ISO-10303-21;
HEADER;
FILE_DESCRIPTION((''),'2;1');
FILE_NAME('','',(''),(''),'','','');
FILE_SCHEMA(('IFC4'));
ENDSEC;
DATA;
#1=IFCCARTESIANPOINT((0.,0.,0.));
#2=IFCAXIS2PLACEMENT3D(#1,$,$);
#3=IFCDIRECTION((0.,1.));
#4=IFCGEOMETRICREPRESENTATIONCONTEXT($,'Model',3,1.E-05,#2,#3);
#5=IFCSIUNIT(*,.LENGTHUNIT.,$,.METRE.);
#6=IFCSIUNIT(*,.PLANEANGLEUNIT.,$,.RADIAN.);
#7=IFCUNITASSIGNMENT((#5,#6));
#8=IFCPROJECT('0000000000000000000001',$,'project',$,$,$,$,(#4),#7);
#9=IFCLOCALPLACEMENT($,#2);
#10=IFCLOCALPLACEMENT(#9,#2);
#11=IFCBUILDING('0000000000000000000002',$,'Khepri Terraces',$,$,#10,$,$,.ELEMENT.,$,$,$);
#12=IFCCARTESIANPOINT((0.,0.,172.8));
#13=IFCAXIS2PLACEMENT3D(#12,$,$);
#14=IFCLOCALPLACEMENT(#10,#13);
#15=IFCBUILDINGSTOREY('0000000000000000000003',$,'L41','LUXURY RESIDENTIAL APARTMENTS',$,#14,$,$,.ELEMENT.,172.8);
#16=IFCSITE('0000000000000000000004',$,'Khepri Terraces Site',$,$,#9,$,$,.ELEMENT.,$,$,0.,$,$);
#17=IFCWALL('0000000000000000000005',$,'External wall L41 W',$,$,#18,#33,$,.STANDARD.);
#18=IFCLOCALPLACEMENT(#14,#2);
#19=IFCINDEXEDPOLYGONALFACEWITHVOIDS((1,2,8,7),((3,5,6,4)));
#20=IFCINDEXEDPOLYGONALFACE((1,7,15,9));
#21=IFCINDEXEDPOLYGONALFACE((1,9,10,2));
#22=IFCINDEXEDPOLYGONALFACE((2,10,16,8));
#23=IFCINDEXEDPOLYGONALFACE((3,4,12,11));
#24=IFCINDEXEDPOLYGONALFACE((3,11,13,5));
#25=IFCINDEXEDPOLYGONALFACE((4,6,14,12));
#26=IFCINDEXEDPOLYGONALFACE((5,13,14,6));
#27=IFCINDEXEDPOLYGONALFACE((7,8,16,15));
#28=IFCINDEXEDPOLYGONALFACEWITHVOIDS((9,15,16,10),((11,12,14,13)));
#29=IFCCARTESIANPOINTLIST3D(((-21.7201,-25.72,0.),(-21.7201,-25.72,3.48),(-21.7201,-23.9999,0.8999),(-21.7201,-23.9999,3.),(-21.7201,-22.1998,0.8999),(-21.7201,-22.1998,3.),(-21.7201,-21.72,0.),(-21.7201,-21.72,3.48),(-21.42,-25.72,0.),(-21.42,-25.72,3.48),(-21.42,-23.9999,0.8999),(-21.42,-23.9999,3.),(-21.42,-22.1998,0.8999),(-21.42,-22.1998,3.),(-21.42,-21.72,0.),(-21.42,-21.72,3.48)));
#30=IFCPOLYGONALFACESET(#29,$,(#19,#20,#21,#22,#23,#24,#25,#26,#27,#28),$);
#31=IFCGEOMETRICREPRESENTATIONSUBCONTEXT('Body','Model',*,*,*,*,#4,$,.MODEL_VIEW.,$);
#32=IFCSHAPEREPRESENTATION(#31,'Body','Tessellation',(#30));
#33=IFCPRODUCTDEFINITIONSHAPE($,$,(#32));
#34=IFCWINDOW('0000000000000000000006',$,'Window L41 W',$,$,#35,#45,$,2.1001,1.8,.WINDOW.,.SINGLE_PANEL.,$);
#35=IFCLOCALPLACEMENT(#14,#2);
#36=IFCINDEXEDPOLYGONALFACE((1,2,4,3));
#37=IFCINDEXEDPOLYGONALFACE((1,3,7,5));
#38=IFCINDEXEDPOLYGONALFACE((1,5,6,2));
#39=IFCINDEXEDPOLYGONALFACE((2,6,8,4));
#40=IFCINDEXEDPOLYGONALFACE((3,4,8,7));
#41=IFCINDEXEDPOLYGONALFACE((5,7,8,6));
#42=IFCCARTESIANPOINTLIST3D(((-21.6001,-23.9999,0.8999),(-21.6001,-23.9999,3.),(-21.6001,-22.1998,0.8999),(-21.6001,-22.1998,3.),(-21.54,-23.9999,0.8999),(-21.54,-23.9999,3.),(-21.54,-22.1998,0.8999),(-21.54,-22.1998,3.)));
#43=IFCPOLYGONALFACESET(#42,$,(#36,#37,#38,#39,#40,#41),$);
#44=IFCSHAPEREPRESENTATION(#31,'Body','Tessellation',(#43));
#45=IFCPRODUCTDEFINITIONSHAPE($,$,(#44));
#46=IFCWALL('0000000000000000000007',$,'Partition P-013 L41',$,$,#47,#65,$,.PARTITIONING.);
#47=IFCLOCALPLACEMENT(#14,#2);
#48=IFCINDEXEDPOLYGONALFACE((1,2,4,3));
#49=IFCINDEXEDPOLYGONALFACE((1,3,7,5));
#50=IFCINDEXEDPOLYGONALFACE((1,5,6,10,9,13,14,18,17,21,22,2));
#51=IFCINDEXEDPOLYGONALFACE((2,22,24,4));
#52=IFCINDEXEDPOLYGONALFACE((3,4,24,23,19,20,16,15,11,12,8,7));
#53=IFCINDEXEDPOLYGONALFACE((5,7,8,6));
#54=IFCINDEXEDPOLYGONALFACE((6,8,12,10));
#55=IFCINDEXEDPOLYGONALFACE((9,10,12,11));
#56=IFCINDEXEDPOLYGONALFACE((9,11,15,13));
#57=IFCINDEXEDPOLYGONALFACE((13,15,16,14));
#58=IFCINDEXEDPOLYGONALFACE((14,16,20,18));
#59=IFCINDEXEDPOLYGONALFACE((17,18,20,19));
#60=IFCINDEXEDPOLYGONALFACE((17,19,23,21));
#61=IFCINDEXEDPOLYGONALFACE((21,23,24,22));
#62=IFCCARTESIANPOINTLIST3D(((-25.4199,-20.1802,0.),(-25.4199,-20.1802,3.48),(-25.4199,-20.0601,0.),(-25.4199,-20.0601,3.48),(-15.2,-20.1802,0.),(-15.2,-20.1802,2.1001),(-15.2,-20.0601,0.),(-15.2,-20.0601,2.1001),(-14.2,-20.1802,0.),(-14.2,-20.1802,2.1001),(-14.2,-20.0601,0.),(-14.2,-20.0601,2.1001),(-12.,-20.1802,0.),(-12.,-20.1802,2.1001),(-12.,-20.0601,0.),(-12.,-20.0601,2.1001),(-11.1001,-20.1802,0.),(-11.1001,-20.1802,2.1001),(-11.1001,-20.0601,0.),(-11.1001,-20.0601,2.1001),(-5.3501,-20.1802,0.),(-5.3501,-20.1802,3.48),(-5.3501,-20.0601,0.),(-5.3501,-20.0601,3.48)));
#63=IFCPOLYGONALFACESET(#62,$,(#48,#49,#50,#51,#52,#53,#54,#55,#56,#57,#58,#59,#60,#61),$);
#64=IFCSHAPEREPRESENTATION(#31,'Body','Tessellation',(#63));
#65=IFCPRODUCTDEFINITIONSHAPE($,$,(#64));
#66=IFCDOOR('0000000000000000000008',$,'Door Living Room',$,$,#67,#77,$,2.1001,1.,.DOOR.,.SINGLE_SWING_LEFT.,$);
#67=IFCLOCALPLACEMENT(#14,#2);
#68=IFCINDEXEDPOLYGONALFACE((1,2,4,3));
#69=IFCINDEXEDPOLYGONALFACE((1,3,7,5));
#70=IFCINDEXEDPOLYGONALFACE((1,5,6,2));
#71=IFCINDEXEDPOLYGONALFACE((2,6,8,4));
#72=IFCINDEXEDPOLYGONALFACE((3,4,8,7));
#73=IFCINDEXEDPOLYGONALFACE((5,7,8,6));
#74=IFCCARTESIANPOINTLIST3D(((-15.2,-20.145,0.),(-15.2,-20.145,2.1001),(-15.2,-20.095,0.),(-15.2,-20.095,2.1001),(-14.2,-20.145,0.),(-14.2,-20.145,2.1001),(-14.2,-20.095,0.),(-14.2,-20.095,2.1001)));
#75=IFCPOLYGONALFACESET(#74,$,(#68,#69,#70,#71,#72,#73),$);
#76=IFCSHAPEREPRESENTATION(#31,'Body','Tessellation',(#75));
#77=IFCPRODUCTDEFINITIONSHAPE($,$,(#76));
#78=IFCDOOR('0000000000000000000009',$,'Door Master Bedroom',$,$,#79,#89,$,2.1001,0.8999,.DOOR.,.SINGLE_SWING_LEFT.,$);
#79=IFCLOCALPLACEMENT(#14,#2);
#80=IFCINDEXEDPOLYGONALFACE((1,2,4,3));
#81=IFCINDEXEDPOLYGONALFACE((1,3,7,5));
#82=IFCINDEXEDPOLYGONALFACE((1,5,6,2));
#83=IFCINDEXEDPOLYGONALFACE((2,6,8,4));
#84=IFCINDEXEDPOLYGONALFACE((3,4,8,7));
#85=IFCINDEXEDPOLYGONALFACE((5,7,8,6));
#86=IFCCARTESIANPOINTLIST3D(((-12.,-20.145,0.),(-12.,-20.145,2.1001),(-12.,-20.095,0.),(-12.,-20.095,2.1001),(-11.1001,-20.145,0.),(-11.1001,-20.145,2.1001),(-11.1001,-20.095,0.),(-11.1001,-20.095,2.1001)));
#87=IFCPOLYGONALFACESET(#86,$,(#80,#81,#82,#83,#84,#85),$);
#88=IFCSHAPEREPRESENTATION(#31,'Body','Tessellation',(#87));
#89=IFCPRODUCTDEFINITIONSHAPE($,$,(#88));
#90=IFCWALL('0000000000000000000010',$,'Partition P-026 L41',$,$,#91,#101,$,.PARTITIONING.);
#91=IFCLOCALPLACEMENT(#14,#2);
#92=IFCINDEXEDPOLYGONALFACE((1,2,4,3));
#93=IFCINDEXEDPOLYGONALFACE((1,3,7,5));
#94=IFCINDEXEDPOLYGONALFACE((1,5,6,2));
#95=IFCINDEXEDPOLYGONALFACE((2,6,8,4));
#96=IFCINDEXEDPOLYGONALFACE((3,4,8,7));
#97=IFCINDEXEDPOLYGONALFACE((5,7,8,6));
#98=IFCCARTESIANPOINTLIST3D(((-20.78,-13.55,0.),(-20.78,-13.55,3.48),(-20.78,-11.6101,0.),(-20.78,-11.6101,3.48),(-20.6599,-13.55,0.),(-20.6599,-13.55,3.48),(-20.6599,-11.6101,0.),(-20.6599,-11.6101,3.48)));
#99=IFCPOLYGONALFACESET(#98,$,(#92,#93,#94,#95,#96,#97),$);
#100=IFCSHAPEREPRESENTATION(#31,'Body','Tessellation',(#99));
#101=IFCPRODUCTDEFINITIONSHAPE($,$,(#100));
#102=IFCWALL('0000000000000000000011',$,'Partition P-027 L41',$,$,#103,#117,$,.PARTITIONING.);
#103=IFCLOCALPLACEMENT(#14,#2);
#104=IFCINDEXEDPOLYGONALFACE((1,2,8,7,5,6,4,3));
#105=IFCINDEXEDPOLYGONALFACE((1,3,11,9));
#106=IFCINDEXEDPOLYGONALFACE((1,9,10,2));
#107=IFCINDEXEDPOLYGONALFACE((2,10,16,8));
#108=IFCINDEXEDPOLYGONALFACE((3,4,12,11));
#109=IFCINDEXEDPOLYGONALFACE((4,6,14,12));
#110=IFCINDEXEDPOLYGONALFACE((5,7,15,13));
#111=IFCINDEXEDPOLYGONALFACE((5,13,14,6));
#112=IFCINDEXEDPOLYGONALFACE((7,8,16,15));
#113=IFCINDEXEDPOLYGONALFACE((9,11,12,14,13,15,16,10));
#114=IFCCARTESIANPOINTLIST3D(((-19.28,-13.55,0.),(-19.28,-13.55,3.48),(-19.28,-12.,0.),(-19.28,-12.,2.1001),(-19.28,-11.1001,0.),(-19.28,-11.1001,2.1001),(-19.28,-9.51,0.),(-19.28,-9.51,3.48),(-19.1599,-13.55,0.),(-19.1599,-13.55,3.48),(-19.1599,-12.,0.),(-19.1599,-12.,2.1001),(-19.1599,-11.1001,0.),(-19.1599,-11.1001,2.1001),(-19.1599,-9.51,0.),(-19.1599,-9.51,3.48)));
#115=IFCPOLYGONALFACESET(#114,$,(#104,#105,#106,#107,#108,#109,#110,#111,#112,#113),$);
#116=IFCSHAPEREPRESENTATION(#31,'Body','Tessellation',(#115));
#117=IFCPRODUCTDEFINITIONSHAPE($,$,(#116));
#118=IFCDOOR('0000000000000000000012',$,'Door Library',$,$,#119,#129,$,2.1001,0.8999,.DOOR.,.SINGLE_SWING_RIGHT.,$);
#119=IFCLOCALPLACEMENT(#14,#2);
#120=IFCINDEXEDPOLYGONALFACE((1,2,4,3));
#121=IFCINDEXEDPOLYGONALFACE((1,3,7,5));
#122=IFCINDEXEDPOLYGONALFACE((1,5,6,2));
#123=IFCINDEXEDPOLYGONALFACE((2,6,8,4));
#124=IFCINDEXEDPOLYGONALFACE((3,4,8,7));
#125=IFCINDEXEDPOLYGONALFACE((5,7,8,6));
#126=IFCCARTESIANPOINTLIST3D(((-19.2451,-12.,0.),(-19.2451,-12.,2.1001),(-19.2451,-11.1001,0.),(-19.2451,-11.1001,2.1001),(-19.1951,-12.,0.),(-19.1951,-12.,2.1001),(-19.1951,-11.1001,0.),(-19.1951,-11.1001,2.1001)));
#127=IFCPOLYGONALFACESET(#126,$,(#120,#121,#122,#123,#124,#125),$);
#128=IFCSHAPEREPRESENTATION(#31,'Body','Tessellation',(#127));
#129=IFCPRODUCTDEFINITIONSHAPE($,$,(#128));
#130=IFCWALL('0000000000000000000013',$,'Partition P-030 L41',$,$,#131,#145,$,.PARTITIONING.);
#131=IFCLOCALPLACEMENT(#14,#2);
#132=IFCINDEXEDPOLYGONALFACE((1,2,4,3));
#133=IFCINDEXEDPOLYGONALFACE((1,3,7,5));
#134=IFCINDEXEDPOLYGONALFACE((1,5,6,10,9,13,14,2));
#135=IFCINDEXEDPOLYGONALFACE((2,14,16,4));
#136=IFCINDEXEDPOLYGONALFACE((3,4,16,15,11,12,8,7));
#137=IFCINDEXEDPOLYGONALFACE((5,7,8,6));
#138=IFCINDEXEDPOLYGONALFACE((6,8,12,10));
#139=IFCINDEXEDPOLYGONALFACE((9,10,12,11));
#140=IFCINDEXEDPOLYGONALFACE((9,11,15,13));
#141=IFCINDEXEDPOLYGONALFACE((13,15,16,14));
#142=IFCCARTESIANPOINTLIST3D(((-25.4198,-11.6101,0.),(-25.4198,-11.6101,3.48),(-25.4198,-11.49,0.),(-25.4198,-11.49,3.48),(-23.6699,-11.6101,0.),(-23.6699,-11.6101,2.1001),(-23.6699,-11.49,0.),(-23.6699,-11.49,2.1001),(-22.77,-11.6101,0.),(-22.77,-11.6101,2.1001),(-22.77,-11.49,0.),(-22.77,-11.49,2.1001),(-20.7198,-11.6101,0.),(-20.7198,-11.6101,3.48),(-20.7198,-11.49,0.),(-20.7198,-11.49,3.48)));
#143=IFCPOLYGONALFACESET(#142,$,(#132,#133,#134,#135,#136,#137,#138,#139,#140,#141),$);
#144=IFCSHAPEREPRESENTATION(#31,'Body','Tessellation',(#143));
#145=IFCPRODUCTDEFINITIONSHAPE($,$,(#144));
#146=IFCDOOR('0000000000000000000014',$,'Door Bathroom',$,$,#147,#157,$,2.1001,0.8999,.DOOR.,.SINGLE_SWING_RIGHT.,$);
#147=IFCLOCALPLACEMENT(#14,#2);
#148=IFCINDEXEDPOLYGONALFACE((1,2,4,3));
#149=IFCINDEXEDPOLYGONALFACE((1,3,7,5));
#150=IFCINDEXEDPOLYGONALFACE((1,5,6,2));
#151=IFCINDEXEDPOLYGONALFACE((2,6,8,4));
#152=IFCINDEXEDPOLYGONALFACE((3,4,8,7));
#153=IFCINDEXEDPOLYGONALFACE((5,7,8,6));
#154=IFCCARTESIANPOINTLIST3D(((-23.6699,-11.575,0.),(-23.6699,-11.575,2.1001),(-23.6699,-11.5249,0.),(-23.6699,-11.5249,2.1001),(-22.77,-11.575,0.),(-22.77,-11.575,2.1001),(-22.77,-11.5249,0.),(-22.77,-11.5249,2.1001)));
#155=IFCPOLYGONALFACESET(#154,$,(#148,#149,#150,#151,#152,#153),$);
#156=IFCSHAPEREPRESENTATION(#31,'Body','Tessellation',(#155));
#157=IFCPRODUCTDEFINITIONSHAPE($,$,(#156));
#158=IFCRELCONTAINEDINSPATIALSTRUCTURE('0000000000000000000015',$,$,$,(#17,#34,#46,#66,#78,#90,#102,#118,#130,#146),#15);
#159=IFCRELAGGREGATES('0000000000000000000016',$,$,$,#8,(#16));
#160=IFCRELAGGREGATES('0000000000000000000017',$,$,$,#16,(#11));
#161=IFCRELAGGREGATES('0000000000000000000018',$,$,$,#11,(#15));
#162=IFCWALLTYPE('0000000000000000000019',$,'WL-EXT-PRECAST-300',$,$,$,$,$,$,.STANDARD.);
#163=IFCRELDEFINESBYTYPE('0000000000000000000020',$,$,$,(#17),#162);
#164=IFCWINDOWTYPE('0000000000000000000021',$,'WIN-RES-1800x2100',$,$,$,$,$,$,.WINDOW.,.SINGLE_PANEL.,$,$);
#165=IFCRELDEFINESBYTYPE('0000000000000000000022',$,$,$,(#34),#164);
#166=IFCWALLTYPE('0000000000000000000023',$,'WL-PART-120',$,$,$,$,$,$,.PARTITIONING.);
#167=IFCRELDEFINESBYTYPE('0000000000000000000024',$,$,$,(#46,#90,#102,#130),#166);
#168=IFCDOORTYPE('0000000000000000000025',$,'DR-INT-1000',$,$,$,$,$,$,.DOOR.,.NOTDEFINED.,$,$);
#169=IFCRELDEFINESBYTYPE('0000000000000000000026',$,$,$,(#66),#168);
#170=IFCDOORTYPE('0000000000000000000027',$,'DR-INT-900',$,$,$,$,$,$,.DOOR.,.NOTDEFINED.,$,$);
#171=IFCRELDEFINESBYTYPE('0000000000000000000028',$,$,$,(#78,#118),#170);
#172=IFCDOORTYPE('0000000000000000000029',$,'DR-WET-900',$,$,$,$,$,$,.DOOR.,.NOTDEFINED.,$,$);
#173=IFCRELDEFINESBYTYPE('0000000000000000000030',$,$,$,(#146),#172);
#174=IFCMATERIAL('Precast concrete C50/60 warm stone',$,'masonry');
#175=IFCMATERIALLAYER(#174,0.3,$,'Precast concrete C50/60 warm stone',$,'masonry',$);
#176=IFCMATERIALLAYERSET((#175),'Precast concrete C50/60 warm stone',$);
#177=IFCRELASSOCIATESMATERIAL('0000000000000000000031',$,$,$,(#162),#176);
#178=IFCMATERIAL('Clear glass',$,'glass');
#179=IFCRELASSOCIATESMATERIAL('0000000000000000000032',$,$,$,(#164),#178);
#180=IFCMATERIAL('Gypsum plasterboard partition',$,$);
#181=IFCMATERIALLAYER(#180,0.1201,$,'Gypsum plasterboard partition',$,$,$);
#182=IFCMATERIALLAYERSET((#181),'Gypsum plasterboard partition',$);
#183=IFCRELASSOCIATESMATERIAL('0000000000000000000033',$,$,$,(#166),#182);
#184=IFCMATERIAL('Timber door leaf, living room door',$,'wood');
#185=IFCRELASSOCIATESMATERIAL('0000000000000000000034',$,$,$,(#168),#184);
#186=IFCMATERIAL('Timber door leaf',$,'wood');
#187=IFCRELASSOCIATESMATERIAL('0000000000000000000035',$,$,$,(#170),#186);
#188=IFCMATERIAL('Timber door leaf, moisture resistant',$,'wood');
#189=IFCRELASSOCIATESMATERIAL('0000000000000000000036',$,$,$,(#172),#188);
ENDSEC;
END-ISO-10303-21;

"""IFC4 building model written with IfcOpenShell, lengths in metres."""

from ifc_helpers import new_model, si_unit, direction, frame, frame_2d, origin, place, context, subcontext, project, spatial, rectangle, extrude, material, layer, layer_set, type_object, element, fill, save


model = new_model("IFC4")

# Units and contexts
model_context = context("Model", 3, precision=1e-05, world=origin(), true_north=direction((0.0, 1.0)))
body_context = subcontext(model_context, "Body", "Model", "MODEL_VIEW")
ifc_project = project(units=[si_unit("LENGTHUNIT", "METRE"), si_unit("PLANEANGLEUNIT", "RADIAN")], contexts=[model_context])

# Site, building, storey
site_placement = place(None, origin())
site = spatial("IfcSite", under=ifc_project, at=site_placement, Name="Khepri Terraces Site", CompositionType="ELEMENT", RefElevation=0.0)
building_placement = place(site_placement, origin())
building = spatial("IfcBuilding", under=site, at=building_placement, Name="Khepri Terraces", CompositionType="ELEMENT")
storey_placement = place(building_placement, frame((0.0, 0.0, 172.8)))
storey = spatial("IfcBuildingStorey", under=building, at=storey_placement, Name="L41", Description="LUXURY RESIDENTIAL APARTMENTS", CompositionType="ELEMENT", Elevation=172.8)

# Wall, opening, window
ifc_material_1 = material(Name="Precast concrete C50/60 warm stone", Category="masonry")
ifc_layer_1 = layer(ifc_material_1, 0.3, Name="Precast concrete C50/60 warm stone", Category="masonry")
ifc_layer_set_1 = layer_set([ifc_layer_1], Name="Precast concrete C50/60 warm stone")
wall_type_1 = type_object("IfcWallType", Name="WL-EXT-PRECAST-300", PredefinedType="STANDARD", material=ifc_layer_set_1)
ifc_material_2 = material(Name="Clear glass", Category="glass")
window_type = type_object("IfcWindowType", Name="WIN-RES-1800x2100", PartitioningType="SINGLE_PANEL", PredefinedType="WINDOW", material=ifc_material_2)
wall_1_placement = place(storey_placement, frame((-21.5701, -21.72, 0.0), z_axis=(0.0, 0.0, 1.0), x_axis=(0.0, -1.0, 0.0)))
wall_1 = element("IfcWall", 1, at=wall_1_placement, inside=storey, type_object=wall_type_1, Name="External wall L41 W", PredefinedType="STANDARD", context=body_context, shape_type="SweptSolid", body=[
    extrude(rectangle(XDim=4.0, YDim=0.3, at=frame_2d((2.0, 0.0))), origin(), (0.0, 0.0, 1.0), 3.48),
])
opening_1_placement = place(wall_1_placement, frame((0.48, 0.0, 0.8999)))
opening_1 = element("IfcOpeningElement", 2, at=opening_1_placement, cuts=wall_1, PredefinedType="OPENING", context=body_context, shape_type="SweptSolid", body=[
    extrude(rectangle(XDim=1.8, YDim=2.1001, at=frame_2d((0.8999, 1.05))), frame((0.0, 0.1602, 0.0), z_axis=(0.0, -1.0, 0.0), x_axis=(1.0, 0.0, 0.0)), (0.0, 0.0, 1.0), 0.3201),
])
window_1_placement = place(opening_1_placement, origin())
window_1 = element("IfcWindow", 3, at=window_1_placement, inside=storey, type_object=window_type, Name="Window L41 W", OverallHeight=2.1001, OverallWidth=1.8, PartitioningType="SINGLE_PANEL", PredefinedType="WINDOW", context=body_context, shape_type="SweptSolid", body=[
    extrude(rectangle(XDim=1.8, YDim=2.1001, at=frame_2d((0.8999, 1.05))), frame((0.0, 0.03, 0.0), z_axis=(0.0, -1.0, 0.0), x_axis=(1.0, 0.0, 0.0)), (0.0, 0.0, 1.0), 0.0601),
])
fill(opening_1, window_1)

# Wall, openings, doors
ifc_material_3 = material(Name="Gypsum plasterboard partition")
ifc_layer_2 = layer(ifc_material_3, 0.1201, Name="Gypsum plasterboard partition")
ifc_layer_set_2 = layer_set([ifc_layer_2], Name="Gypsum plasterboard partition")
wall_type_2 = type_object("IfcWallType", Name="WL-PART-120", PredefinedType="PARTITIONING", material=ifc_layer_set_2)
wall_2_placement = place(storey_placement, frame((-25.4199, -20.1201, 0.0), z_axis=(0.0, 0.0, 1.0), x_axis=(1.0, 0.0, 0.0)))
wall_2 = element("IfcWall", 4, at=wall_2_placement, inside=storey, type_object=wall_type_2, Name="Partition P-013 L41", PredefinedType="PARTITIONING", context=body_context, shape_type="SweptSolid", body=[
    extrude(rectangle(XDim=20.0698, YDim=0.1201, at=frame_2d((10.0349, 0.0))), origin(), (0.0, 0.0, 1.0), 3.48),
])
opening_2_placement = place(wall_2_placement, frame((10.22, 0.0, 0.0)))
opening_2 = element("IfcOpeningElement", 5, at=opening_2_placement, cuts=wall_2, PredefinedType="OPENING", context=body_context, shape_type="SweptSolid", body=[
    extrude(rectangle(XDim=1.0, YDim=2.1001, at=frame_2d((0.5, 1.05))), frame((0.0, 0.0701, 0.0), z_axis=(0.0, -1.0, 0.0), x_axis=(1.0, 0.0, 0.0)), (0.0, 0.0, 1.0), 0.1401),
])
opening_3_placement = place(wall_2_placement, frame((13.4199, 0.0, 0.0)))
opening_3 = element("IfcOpeningElement", 6, at=opening_3_placement, cuts=wall_2, PredefinedType="OPENING", context=body_context, shape_type="SweptSolid", body=[
    extrude(rectangle(XDim=0.8999, YDim=2.1001, at=frame_2d((0.45, 1.05))), frame((0.0, 0.0701, 0.0), z_axis=(0.0, -1.0, 0.0), x_axis=(1.0, 0.0, 0.0)), (0.0, 0.0, 1.0), 0.1401),
])
ifc_material_4 = material(Name="Timber door leaf, living room door", Category="wood")
door_type_1 = type_object("IfcDoorType", Name="DR-INT-1000", OperationType="NOTDEFINED", PredefinedType="DOOR", material=ifc_material_4)
door_1_placement = place(opening_2_placement, frame((1.0, 0.0, 0.0), z_axis=(0.0, 0.0, 1.0), x_axis=(-1.0, 0.0, 0.0)))
door_1 = element("IfcDoor", 7, at=door_1_placement, inside=storey, type_object=door_type_1, Name="Door Living Room", OperationType="SINGLE_SWING_LEFT", OverallHeight=2.1001, OverallWidth=1.0, PredefinedType="DOOR", context=body_context, shape_type="SweptSolid", body=[
    extrude(rectangle(XDim=1.0, YDim=2.1001, at=frame_2d((0.5, 1.05))), frame((0.0, 0.0249, 0.0), z_axis=(0.0, -1.0, 0.0), x_axis=(1.0, 0.0, 0.0)), (0.0, 0.0, 1.0), 0.05),
])
fill(opening_2, door_1)
ifc_material_5 = material(Name="Timber door leaf", Category="wood")
door_type_2 = type_object("IfcDoorType", Name="DR-INT-900", OperationType="NOTDEFINED", PredefinedType="DOOR", material=ifc_material_5)
door_2_placement = place(opening_3_placement, frame((0.8999, 0.0, 0.0), z_axis=(0.0, 0.0, 1.0), x_axis=(-1.0, 0.0, 0.0)))
door_2 = element("IfcDoor", 8, at=door_2_placement, inside=storey, type_object=door_type_2, Name="Door Master Bedroom", OperationType="SINGLE_SWING_LEFT", OverallHeight=2.1001, OverallWidth=0.8999, PredefinedType="DOOR", context=body_context, shape_type="SweptSolid", body=[
    extrude(rectangle(XDim=0.8999, YDim=2.1001, at=frame_2d((0.45, 1.05))), frame((0.0, 0.0249, 0.0), z_axis=(0.0, -1.0, 0.0), x_axis=(1.0, 0.0, 0.0)), (0.0, 0.0, 1.0), 0.05),
])
fill(opening_3, door_2)

# Wall
wall_3_placement = place(storey_placement, frame((-20.72, -13.55, 0.0), z_axis=(0.0, 0.0, 1.0), x_axis=(0.0, 1.0, 0.0)))
element("IfcWall", 9, at=wall_3_placement, inside=storey, type_object=wall_type_2, Name="Partition P-026 L41", PredefinedType="PARTITIONING", context=body_context, shape_type="SweptSolid", body=[
    extrude(rectangle(XDim=1.9399, YDim=0.1201, at=frame_2d((0.97, 0.0))), origin(), (0.0, 0.0, 1.0), 3.48),
])

# Walls, openings, doors
wall_4_placement = place(storey_placement, frame((-19.22, -13.55, 0.0), z_axis=(0.0, 0.0, 1.0), x_axis=(0.0, 1.0, 0.0)))
wall_4 = element("IfcWall", 10, at=wall_4_placement, inside=storey, type_object=wall_type_2, Name="Partition P-027 L41", PredefinedType="PARTITIONING", context=body_context, shape_type="SweptSolid", body=[
    extrude(rectangle(XDim=4.04, YDim=0.1201, at=frame_2d((2.02, 0.0))), origin(), (0.0, 0.0, 1.0), 3.48),
])
opening_4_placement = place(wall_4_placement, frame((1.55, 0.0, 0.0)))
opening_4 = element("IfcOpeningElement", 11, at=opening_4_placement, cuts=wall_4, PredefinedType="OPENING", context=body_context, shape_type="SweptSolid", body=[
    extrude(rectangle(XDim=0.8999, YDim=2.1001, at=frame_2d((0.45, 1.05))), frame((0.0, 0.0701, 0.0), z_axis=(0.0, -1.0, 0.0), x_axis=(1.0, 0.0, 0.0)), (0.0, 0.0, 1.0), 0.1401),
])
door_3_placement = place(opening_4_placement, frame((0.8999, 0.0, 0.0), z_axis=(0.0, 0.0, 1.0), x_axis=(-1.0, 0.0, 0.0)))
door_3 = element("IfcDoor", 12, at=door_3_placement, inside=storey, type_object=door_type_2, Name="Door Library", OperationType="SINGLE_SWING_RIGHT", OverallHeight=2.1001, OverallWidth=0.8999, PredefinedType="DOOR", context=body_context, shape_type="SweptSolid", body=[
    extrude(rectangle(XDim=0.8999, YDim=2.1001, at=frame_2d((0.45, 1.05))), frame((0.0, 0.0249, 0.0), z_axis=(0.0, -1.0, 0.0), x_axis=(1.0, 0.0, 0.0)), (0.0, 0.0, 1.0), 0.05),
])
fill(opening_4, door_3)
wall_5_placement = place(storey_placement, frame((-25.4199, -11.55, 0.0), z_axis=(0.0, 0.0, 1.0), x_axis=(1.0, 0.0, 0.0)))
wall_5 = element("IfcWall", 13, at=wall_5_placement, inside=storey, type_object=wall_type_2, Name="Partition P-030 L41", PredefinedType="PARTITIONING", context=body_context, shape_type="SweptSolid", body=[
    extrude(rectangle(XDim=4.7, YDim=0.1201, at=frame_2d((2.3501, 0.0))), origin(), (0.0, 0.0, 1.0), 3.48),
])
opening_5_placement = place(wall_5_placement, frame((1.75, 0.0, 0.0)))
opening_5 = element("IfcOpeningElement", 14, at=opening_5_placement, cuts=wall_5, PredefinedType="OPENING", context=body_context, shape_type="SweptSolid", body=[
    extrude(rectangle(XDim=0.8999, YDim=2.1001, at=frame_2d((0.45, 1.05))), frame((0.0, 0.0701, 0.0), z_axis=(0.0, -1.0, 0.0), x_axis=(1.0, 0.0, 0.0)), (0.0, 0.0, 1.0), 0.1401),
])
ifc_material_6 = material(Name="Timber door leaf, moisture resistant", Category="wood")
door_type_3 = type_object("IfcDoorType", Name="DR-WET-900", OperationType="NOTDEFINED", PredefinedType="DOOR", material=ifc_material_6)
door_4_placement = place(opening_5_placement, frame((0.8999, 0.0, 0.0), z_axis=(0.0, 0.0, 1.0), x_axis=(-1.0, 0.0, 0.0)))
door_4 = element("IfcDoor", 15, at=door_4_placement, inside=storey, type_object=door_type_3, Name="Door Bathroom", OperationType="SINGLE_SWING_RIGHT", OverallHeight=2.1001, OverallWidth=0.8999, PredefinedType="DOOR", context=body_context, shape_type="SweptSolid", body=[
    extrude(rectangle(XDim=0.8999, YDim=2.1001, at=frame_2d((0.45, 1.05))), frame((0.0, 0.0249, 0.0), z_axis=(0.0, -1.0, 0.0), x_axis=(1.0, 0.0, 0.0)), (0.0, 0.0, 1.0), 0.05),
])
fill(opening_5, door_4)

save(model, "model.ifc")
